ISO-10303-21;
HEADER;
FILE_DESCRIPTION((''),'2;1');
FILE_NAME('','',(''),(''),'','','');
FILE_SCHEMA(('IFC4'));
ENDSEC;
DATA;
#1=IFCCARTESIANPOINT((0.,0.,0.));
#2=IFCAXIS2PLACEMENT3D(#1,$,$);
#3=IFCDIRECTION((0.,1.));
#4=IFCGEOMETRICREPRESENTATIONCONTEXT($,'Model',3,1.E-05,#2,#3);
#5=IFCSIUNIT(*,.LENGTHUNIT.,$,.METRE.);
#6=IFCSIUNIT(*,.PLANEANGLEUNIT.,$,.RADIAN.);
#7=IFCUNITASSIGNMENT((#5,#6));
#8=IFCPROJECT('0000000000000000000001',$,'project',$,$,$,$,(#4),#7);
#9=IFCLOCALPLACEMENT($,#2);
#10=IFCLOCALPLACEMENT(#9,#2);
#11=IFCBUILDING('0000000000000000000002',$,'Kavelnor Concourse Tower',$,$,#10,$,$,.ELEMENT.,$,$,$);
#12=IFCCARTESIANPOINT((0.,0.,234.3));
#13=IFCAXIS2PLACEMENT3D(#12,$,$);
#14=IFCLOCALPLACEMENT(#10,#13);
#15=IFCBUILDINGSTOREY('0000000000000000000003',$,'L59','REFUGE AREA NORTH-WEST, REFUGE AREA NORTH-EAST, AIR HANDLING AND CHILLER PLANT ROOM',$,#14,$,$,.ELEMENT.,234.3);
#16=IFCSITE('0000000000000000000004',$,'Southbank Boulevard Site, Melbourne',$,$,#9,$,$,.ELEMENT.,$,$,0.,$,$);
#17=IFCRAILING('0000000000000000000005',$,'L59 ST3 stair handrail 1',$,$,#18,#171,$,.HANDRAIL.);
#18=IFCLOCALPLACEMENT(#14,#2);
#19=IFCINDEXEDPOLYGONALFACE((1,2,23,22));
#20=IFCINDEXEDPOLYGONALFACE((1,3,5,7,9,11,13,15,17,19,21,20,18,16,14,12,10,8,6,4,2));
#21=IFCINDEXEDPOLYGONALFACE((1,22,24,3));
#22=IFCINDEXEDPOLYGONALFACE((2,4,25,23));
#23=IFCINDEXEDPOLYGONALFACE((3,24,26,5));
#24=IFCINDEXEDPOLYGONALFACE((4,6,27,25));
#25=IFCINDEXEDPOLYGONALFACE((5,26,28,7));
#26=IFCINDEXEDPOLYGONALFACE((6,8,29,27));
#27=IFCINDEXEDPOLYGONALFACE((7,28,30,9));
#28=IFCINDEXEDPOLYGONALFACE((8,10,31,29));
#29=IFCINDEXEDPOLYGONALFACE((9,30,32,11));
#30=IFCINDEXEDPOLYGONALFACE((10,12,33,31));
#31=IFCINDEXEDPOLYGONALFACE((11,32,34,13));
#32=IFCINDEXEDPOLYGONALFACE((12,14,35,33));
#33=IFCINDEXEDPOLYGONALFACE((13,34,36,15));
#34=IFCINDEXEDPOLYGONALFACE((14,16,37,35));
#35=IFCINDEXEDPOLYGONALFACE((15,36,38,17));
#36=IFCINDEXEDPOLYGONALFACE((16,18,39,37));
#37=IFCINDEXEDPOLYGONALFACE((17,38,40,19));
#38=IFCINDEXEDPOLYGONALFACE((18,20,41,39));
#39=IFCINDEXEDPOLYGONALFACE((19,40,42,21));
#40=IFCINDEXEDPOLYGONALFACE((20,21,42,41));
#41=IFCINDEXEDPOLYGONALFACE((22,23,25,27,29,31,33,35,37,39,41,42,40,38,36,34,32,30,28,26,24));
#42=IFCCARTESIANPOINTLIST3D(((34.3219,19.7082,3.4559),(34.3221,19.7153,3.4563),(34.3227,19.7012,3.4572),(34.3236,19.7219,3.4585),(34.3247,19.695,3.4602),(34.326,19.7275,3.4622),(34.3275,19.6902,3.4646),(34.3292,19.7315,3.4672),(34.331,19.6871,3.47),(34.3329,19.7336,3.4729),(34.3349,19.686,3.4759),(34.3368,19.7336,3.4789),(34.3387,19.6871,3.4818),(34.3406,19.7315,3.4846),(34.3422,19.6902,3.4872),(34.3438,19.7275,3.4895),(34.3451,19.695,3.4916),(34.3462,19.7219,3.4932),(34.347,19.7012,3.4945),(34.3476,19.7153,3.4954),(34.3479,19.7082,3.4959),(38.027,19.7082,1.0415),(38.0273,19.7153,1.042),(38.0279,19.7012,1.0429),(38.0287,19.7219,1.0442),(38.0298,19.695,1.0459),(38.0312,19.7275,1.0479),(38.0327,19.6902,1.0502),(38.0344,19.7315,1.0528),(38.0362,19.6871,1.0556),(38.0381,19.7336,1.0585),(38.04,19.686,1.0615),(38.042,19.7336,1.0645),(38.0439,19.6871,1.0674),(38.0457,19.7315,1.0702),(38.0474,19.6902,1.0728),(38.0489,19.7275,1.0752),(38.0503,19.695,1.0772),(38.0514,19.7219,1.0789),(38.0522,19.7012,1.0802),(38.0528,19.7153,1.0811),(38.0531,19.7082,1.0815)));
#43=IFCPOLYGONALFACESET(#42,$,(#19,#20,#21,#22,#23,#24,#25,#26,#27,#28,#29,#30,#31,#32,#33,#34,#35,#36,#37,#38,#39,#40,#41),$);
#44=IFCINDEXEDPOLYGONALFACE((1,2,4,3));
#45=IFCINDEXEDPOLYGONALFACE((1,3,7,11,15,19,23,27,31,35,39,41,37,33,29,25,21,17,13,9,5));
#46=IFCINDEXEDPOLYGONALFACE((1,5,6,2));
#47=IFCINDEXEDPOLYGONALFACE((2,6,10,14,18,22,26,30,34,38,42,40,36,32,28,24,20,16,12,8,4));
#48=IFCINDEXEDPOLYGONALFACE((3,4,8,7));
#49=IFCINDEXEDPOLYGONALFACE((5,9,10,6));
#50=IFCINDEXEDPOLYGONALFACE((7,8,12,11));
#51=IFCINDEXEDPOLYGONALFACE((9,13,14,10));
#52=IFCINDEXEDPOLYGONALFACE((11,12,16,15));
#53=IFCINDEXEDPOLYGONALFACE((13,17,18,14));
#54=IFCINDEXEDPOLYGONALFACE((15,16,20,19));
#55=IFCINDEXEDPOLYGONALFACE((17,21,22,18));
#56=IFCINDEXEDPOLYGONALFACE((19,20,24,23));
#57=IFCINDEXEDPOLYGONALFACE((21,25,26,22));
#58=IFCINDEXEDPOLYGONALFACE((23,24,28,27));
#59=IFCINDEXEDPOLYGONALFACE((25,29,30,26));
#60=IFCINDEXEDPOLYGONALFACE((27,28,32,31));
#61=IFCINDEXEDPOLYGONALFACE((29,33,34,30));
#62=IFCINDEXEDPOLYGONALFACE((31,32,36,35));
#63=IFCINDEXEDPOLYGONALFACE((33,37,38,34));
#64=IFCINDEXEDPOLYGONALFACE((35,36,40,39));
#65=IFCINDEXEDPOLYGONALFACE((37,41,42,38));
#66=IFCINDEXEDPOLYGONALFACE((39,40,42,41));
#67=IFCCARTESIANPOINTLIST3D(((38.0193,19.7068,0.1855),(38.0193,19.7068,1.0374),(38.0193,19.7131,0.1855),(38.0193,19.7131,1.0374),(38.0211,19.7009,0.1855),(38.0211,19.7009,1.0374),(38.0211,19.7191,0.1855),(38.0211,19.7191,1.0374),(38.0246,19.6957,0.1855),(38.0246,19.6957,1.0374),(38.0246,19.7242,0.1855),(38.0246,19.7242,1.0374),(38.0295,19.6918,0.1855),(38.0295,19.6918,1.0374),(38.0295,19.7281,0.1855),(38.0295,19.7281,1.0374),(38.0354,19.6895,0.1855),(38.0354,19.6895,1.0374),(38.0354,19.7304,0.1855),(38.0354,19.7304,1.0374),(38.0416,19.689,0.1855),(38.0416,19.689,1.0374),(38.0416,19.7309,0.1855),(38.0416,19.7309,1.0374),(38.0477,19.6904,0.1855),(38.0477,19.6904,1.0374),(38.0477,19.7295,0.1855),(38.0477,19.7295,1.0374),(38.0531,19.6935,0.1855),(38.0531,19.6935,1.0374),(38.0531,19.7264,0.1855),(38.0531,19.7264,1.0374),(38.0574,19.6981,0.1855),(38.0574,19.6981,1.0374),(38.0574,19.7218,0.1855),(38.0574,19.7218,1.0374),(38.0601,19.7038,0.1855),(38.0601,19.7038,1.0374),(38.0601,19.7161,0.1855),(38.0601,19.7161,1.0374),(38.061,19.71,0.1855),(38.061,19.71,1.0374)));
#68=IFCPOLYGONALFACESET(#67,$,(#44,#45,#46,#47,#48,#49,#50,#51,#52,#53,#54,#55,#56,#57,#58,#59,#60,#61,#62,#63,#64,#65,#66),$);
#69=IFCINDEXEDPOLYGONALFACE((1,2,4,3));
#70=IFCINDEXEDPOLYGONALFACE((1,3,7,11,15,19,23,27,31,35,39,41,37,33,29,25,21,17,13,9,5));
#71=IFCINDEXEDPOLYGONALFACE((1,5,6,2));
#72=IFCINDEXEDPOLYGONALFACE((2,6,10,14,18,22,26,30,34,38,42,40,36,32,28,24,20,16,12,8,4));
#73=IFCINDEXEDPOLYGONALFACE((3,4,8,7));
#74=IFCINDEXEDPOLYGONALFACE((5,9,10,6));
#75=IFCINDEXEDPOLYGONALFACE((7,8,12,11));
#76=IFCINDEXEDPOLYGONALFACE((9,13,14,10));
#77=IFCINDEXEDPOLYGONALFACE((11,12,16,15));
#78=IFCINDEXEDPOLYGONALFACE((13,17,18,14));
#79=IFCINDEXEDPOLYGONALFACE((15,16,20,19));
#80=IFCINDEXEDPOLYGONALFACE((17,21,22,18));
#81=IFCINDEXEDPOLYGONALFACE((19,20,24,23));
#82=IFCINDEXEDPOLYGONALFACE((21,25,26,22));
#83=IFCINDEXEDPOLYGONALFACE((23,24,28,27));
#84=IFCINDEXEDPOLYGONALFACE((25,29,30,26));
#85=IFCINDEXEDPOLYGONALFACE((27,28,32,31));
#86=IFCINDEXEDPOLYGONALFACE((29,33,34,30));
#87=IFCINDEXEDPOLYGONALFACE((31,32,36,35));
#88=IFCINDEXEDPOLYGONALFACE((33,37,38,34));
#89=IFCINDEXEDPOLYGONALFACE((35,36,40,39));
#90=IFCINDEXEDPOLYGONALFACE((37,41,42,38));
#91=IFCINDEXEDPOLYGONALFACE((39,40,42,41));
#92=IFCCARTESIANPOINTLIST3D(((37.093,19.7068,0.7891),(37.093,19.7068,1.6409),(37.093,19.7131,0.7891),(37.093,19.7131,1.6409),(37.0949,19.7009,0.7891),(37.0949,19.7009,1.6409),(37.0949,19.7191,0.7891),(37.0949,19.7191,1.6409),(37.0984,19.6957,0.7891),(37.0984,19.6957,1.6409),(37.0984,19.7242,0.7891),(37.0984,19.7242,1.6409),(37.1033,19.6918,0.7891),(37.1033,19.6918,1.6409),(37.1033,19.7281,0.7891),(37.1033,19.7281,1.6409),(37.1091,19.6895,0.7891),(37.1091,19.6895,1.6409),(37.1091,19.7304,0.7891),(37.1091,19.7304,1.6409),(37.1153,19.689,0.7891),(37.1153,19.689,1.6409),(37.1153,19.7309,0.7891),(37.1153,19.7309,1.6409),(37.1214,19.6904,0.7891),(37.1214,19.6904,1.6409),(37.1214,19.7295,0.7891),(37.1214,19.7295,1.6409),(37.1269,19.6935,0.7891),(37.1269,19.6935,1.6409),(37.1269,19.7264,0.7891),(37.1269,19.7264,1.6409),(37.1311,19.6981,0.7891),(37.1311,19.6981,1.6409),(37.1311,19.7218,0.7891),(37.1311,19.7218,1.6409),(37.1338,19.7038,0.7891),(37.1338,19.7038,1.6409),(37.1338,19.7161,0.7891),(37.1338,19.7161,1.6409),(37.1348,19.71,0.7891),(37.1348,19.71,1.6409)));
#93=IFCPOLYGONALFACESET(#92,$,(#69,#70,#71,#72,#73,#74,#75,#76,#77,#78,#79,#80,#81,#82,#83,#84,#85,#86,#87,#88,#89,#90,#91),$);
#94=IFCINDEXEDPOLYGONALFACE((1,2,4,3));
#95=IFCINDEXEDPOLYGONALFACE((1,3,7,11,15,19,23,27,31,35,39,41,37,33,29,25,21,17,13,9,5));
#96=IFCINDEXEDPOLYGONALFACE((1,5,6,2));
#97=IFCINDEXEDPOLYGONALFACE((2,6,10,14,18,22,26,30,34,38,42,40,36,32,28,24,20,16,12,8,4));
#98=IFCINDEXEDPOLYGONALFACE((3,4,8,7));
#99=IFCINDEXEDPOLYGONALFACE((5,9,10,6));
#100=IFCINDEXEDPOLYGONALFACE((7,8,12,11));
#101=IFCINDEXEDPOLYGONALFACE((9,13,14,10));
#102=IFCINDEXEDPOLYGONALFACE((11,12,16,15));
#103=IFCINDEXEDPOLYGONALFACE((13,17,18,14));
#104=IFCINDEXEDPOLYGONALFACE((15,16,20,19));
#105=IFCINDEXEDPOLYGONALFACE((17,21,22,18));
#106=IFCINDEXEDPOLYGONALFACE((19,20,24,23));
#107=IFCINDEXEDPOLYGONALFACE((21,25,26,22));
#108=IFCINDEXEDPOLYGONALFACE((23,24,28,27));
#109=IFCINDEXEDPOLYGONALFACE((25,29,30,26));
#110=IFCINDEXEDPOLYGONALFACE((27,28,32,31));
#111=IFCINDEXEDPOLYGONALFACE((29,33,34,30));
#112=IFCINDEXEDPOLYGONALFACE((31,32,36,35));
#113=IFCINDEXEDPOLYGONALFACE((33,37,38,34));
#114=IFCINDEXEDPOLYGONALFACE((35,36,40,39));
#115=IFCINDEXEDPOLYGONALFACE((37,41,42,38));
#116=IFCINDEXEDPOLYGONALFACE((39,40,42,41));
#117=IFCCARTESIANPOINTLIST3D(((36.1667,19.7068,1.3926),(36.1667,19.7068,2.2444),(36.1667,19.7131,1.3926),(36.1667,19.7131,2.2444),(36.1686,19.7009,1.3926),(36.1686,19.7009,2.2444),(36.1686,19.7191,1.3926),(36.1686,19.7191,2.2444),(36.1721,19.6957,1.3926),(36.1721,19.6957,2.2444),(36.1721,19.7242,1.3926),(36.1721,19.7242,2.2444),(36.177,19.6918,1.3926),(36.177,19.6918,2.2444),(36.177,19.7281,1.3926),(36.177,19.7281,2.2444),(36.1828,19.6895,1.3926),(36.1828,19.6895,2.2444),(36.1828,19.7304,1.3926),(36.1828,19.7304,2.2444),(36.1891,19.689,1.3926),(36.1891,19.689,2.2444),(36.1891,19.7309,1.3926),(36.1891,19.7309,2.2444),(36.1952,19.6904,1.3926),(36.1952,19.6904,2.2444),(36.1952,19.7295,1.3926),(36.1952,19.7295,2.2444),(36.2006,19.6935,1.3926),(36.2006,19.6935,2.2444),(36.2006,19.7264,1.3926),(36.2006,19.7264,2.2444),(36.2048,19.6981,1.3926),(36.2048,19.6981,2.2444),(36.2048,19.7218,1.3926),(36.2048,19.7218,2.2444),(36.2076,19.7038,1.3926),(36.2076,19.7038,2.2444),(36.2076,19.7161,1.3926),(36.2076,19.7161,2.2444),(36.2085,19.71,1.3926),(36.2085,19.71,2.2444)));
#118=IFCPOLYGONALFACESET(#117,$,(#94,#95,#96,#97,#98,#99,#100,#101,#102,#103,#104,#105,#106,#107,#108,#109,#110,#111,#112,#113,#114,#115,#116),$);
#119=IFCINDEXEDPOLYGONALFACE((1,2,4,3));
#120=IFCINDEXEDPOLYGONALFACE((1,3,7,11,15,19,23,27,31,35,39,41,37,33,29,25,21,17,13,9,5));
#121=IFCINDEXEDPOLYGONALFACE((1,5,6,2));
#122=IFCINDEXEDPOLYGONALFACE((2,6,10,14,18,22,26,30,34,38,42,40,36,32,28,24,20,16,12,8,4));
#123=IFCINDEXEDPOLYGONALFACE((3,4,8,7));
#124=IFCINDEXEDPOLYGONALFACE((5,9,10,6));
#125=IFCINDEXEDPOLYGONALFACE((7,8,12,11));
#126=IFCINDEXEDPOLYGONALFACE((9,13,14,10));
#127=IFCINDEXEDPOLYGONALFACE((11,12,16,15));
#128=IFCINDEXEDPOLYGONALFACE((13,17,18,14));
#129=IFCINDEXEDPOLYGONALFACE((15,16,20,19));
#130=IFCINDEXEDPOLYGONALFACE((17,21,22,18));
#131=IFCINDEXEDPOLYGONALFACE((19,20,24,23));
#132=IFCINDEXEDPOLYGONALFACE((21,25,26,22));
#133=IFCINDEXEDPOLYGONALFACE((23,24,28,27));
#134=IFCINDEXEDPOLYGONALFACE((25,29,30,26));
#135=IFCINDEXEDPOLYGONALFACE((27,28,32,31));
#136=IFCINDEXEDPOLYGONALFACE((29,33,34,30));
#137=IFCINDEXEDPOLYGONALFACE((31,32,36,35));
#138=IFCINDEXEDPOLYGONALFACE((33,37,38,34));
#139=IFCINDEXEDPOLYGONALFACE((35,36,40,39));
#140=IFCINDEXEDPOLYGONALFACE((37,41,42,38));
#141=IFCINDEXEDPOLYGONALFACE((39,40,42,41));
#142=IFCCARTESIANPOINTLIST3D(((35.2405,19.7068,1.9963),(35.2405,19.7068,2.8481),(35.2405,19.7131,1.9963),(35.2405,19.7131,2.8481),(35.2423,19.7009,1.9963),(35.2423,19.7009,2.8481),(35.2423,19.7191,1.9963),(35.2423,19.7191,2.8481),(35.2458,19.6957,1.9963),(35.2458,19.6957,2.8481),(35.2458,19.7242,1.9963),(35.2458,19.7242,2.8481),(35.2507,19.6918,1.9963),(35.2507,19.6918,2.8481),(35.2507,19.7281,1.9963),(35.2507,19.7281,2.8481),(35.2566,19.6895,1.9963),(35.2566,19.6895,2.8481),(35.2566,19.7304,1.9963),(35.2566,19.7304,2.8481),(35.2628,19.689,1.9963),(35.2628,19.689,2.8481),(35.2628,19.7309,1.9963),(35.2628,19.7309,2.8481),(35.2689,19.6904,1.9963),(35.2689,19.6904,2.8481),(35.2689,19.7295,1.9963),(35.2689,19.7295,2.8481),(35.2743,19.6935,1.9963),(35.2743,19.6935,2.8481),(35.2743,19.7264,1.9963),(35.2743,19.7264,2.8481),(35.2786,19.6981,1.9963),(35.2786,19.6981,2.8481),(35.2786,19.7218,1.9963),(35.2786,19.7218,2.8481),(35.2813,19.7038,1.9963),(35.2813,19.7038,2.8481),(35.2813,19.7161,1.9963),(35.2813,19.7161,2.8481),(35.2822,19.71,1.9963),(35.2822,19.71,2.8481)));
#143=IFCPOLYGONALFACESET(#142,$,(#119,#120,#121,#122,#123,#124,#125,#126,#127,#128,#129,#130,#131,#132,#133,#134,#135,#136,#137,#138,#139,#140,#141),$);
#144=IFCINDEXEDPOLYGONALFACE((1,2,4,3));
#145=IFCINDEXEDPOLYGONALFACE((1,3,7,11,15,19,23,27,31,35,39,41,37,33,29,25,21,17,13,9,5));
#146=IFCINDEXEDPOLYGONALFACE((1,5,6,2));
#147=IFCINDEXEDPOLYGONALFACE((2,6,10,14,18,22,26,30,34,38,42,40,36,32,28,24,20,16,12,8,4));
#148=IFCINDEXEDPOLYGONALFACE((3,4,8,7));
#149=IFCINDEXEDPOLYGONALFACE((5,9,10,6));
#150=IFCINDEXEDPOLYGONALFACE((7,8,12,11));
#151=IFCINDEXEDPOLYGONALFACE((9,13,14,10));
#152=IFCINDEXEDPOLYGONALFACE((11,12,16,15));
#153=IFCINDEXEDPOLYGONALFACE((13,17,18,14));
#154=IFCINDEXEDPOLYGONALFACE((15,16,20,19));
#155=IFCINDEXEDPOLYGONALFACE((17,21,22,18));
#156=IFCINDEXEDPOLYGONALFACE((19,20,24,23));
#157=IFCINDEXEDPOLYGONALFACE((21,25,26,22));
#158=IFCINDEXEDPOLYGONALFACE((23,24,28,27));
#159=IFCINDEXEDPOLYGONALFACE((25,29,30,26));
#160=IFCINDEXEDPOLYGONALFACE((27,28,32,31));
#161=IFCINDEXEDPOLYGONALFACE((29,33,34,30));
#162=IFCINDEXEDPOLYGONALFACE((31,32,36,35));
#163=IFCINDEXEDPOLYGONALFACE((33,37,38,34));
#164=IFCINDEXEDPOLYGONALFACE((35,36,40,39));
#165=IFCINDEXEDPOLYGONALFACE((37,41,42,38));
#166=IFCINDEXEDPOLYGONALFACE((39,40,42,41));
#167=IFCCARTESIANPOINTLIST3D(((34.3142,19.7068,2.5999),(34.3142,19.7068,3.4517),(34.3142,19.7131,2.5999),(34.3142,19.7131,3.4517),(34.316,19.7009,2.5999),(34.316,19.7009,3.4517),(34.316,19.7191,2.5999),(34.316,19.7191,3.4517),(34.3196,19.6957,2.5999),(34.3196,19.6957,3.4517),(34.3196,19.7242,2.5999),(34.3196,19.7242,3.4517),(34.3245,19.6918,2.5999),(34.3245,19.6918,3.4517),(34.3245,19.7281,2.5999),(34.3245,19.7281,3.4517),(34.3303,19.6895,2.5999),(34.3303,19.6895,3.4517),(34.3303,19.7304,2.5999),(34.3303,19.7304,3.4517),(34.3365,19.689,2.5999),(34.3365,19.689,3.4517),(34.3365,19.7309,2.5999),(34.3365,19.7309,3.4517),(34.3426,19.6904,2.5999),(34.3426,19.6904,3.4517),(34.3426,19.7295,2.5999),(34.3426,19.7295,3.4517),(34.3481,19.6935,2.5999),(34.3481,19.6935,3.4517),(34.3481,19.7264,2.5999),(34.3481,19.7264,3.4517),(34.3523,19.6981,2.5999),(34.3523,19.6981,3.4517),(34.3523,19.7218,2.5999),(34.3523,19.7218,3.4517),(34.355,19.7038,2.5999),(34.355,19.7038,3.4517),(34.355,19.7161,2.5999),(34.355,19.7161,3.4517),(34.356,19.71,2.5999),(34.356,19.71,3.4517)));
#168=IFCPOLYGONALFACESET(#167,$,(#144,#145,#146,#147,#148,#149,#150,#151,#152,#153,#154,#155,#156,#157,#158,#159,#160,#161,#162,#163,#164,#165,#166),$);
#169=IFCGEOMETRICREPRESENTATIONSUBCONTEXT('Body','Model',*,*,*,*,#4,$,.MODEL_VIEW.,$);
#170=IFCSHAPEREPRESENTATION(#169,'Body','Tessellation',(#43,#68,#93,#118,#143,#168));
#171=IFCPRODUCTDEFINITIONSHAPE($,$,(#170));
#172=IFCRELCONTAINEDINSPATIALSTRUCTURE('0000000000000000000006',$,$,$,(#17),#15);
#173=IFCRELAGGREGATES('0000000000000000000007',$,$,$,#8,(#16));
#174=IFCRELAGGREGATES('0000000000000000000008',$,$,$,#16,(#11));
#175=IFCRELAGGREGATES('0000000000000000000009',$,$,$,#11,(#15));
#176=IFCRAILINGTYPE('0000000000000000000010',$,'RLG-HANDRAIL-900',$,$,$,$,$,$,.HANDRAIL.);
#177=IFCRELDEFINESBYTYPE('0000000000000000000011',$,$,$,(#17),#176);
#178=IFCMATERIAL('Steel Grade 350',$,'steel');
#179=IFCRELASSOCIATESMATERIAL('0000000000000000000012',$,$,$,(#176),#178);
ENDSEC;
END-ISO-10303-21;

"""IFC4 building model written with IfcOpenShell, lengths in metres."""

from ifc_helpers import new_model, si_unit, direction, frame, origin, origin_2d, place, context, subcontext, project, spatial, circle, extrude, material, type_object, element, save


model = new_model("IFC4")

# Units and contexts
model_context = context("Model", 3, precision=1e-05, world=origin(), true_north=direction((0.0, 1.0)))
body_context = subcontext(model_context, "Body", "Model", "MODEL_VIEW")
ifc_project = project(units=[si_unit("LENGTHUNIT", "METRE"), si_unit("PLANEANGLEUNIT", "RADIAN")], contexts=[model_context])

# Site, building, storey
site_placement = place(None, origin())
site = spatial("IfcSite", under=ifc_project, at=site_placement, Name="Southbank Boulevard Site, Melbourne", CompositionType="ELEMENT", RefElevation=0.0)
building_placement = place(site_placement, origin())
building = spatial("IfcBuilding", under=site, at=building_placement, Name="Kavelnor Concourse Tower", CompositionType="ELEMENT")
storey_placement = place(building_placement, frame((0.0, 0.0, 234.3)))
storey = spatial("IfcBuildingStorey", under=building, at=storey_placement, Name="L59", Description="REFUGE AREA NORTH-WEST, REFUGE AREA NORTH-EAST, AIR HANDLING AND CHILLER PLANT ROOM", CompositionType="ELEMENT", Elevation=234.3)

# Shared definitions
ifc_material_1 = material(Name="Steel Grade 350", Category="steel")

# Railing
railing_type_1 = type_object("IfcRailingType", Name="RLG-HANDRAIL-900", PredefinedType="HANDRAIL", material=ifc_material_1)
railing_1_placement = place(storey_placement, frame((38.04, 19.71, 0.1855)))
element("IfcRailing", 1, at=railing_1_placement, inside=storey, type_object=railing_type_1, Name="L59 ST3 stair handrail 1", PredefinedType="HANDRAIL", context=body_context, shape_type="SweptSolid", body=[
    extrude(circle(Radius=0.0239, at=origin_2d()), frame((0.0, 0.0, 0.876), z_axis=(-0.837823, 0.0, 0.545943), x_axis=(0.0, -1.0, 0.0)), (0.0, 0.0, 1.0), 4.4224),
    extrude(circle(Radius=0.021, at=origin_2d()), origin(), (0.0, 0.0, 1.0), 0.8518),
    extrude(circle(Radius=0.021, at=origin_2d()), frame((-0.9263, 0.0, 0.6035)), (0.0, 0.0, 1.0), 0.8518),
    extrude(circle(Radius=0.021, at=origin_2d()), frame((-1.8525, 0.0, 1.207)), (0.0, 0.0, 1.0), 0.8518),
    extrude(circle(Radius=0.021, at=origin_2d()), frame((-2.7788, 0.0, 1.8108)), (0.0, 0.0, 1.0), 0.8518),
    extrude(circle(Radius=0.021, at=origin_2d()), frame((-3.7051, 0.0, 2.4143)), (0.0, 0.0, 1.0), 0.8518),
])

save(model, "model.ifc")
